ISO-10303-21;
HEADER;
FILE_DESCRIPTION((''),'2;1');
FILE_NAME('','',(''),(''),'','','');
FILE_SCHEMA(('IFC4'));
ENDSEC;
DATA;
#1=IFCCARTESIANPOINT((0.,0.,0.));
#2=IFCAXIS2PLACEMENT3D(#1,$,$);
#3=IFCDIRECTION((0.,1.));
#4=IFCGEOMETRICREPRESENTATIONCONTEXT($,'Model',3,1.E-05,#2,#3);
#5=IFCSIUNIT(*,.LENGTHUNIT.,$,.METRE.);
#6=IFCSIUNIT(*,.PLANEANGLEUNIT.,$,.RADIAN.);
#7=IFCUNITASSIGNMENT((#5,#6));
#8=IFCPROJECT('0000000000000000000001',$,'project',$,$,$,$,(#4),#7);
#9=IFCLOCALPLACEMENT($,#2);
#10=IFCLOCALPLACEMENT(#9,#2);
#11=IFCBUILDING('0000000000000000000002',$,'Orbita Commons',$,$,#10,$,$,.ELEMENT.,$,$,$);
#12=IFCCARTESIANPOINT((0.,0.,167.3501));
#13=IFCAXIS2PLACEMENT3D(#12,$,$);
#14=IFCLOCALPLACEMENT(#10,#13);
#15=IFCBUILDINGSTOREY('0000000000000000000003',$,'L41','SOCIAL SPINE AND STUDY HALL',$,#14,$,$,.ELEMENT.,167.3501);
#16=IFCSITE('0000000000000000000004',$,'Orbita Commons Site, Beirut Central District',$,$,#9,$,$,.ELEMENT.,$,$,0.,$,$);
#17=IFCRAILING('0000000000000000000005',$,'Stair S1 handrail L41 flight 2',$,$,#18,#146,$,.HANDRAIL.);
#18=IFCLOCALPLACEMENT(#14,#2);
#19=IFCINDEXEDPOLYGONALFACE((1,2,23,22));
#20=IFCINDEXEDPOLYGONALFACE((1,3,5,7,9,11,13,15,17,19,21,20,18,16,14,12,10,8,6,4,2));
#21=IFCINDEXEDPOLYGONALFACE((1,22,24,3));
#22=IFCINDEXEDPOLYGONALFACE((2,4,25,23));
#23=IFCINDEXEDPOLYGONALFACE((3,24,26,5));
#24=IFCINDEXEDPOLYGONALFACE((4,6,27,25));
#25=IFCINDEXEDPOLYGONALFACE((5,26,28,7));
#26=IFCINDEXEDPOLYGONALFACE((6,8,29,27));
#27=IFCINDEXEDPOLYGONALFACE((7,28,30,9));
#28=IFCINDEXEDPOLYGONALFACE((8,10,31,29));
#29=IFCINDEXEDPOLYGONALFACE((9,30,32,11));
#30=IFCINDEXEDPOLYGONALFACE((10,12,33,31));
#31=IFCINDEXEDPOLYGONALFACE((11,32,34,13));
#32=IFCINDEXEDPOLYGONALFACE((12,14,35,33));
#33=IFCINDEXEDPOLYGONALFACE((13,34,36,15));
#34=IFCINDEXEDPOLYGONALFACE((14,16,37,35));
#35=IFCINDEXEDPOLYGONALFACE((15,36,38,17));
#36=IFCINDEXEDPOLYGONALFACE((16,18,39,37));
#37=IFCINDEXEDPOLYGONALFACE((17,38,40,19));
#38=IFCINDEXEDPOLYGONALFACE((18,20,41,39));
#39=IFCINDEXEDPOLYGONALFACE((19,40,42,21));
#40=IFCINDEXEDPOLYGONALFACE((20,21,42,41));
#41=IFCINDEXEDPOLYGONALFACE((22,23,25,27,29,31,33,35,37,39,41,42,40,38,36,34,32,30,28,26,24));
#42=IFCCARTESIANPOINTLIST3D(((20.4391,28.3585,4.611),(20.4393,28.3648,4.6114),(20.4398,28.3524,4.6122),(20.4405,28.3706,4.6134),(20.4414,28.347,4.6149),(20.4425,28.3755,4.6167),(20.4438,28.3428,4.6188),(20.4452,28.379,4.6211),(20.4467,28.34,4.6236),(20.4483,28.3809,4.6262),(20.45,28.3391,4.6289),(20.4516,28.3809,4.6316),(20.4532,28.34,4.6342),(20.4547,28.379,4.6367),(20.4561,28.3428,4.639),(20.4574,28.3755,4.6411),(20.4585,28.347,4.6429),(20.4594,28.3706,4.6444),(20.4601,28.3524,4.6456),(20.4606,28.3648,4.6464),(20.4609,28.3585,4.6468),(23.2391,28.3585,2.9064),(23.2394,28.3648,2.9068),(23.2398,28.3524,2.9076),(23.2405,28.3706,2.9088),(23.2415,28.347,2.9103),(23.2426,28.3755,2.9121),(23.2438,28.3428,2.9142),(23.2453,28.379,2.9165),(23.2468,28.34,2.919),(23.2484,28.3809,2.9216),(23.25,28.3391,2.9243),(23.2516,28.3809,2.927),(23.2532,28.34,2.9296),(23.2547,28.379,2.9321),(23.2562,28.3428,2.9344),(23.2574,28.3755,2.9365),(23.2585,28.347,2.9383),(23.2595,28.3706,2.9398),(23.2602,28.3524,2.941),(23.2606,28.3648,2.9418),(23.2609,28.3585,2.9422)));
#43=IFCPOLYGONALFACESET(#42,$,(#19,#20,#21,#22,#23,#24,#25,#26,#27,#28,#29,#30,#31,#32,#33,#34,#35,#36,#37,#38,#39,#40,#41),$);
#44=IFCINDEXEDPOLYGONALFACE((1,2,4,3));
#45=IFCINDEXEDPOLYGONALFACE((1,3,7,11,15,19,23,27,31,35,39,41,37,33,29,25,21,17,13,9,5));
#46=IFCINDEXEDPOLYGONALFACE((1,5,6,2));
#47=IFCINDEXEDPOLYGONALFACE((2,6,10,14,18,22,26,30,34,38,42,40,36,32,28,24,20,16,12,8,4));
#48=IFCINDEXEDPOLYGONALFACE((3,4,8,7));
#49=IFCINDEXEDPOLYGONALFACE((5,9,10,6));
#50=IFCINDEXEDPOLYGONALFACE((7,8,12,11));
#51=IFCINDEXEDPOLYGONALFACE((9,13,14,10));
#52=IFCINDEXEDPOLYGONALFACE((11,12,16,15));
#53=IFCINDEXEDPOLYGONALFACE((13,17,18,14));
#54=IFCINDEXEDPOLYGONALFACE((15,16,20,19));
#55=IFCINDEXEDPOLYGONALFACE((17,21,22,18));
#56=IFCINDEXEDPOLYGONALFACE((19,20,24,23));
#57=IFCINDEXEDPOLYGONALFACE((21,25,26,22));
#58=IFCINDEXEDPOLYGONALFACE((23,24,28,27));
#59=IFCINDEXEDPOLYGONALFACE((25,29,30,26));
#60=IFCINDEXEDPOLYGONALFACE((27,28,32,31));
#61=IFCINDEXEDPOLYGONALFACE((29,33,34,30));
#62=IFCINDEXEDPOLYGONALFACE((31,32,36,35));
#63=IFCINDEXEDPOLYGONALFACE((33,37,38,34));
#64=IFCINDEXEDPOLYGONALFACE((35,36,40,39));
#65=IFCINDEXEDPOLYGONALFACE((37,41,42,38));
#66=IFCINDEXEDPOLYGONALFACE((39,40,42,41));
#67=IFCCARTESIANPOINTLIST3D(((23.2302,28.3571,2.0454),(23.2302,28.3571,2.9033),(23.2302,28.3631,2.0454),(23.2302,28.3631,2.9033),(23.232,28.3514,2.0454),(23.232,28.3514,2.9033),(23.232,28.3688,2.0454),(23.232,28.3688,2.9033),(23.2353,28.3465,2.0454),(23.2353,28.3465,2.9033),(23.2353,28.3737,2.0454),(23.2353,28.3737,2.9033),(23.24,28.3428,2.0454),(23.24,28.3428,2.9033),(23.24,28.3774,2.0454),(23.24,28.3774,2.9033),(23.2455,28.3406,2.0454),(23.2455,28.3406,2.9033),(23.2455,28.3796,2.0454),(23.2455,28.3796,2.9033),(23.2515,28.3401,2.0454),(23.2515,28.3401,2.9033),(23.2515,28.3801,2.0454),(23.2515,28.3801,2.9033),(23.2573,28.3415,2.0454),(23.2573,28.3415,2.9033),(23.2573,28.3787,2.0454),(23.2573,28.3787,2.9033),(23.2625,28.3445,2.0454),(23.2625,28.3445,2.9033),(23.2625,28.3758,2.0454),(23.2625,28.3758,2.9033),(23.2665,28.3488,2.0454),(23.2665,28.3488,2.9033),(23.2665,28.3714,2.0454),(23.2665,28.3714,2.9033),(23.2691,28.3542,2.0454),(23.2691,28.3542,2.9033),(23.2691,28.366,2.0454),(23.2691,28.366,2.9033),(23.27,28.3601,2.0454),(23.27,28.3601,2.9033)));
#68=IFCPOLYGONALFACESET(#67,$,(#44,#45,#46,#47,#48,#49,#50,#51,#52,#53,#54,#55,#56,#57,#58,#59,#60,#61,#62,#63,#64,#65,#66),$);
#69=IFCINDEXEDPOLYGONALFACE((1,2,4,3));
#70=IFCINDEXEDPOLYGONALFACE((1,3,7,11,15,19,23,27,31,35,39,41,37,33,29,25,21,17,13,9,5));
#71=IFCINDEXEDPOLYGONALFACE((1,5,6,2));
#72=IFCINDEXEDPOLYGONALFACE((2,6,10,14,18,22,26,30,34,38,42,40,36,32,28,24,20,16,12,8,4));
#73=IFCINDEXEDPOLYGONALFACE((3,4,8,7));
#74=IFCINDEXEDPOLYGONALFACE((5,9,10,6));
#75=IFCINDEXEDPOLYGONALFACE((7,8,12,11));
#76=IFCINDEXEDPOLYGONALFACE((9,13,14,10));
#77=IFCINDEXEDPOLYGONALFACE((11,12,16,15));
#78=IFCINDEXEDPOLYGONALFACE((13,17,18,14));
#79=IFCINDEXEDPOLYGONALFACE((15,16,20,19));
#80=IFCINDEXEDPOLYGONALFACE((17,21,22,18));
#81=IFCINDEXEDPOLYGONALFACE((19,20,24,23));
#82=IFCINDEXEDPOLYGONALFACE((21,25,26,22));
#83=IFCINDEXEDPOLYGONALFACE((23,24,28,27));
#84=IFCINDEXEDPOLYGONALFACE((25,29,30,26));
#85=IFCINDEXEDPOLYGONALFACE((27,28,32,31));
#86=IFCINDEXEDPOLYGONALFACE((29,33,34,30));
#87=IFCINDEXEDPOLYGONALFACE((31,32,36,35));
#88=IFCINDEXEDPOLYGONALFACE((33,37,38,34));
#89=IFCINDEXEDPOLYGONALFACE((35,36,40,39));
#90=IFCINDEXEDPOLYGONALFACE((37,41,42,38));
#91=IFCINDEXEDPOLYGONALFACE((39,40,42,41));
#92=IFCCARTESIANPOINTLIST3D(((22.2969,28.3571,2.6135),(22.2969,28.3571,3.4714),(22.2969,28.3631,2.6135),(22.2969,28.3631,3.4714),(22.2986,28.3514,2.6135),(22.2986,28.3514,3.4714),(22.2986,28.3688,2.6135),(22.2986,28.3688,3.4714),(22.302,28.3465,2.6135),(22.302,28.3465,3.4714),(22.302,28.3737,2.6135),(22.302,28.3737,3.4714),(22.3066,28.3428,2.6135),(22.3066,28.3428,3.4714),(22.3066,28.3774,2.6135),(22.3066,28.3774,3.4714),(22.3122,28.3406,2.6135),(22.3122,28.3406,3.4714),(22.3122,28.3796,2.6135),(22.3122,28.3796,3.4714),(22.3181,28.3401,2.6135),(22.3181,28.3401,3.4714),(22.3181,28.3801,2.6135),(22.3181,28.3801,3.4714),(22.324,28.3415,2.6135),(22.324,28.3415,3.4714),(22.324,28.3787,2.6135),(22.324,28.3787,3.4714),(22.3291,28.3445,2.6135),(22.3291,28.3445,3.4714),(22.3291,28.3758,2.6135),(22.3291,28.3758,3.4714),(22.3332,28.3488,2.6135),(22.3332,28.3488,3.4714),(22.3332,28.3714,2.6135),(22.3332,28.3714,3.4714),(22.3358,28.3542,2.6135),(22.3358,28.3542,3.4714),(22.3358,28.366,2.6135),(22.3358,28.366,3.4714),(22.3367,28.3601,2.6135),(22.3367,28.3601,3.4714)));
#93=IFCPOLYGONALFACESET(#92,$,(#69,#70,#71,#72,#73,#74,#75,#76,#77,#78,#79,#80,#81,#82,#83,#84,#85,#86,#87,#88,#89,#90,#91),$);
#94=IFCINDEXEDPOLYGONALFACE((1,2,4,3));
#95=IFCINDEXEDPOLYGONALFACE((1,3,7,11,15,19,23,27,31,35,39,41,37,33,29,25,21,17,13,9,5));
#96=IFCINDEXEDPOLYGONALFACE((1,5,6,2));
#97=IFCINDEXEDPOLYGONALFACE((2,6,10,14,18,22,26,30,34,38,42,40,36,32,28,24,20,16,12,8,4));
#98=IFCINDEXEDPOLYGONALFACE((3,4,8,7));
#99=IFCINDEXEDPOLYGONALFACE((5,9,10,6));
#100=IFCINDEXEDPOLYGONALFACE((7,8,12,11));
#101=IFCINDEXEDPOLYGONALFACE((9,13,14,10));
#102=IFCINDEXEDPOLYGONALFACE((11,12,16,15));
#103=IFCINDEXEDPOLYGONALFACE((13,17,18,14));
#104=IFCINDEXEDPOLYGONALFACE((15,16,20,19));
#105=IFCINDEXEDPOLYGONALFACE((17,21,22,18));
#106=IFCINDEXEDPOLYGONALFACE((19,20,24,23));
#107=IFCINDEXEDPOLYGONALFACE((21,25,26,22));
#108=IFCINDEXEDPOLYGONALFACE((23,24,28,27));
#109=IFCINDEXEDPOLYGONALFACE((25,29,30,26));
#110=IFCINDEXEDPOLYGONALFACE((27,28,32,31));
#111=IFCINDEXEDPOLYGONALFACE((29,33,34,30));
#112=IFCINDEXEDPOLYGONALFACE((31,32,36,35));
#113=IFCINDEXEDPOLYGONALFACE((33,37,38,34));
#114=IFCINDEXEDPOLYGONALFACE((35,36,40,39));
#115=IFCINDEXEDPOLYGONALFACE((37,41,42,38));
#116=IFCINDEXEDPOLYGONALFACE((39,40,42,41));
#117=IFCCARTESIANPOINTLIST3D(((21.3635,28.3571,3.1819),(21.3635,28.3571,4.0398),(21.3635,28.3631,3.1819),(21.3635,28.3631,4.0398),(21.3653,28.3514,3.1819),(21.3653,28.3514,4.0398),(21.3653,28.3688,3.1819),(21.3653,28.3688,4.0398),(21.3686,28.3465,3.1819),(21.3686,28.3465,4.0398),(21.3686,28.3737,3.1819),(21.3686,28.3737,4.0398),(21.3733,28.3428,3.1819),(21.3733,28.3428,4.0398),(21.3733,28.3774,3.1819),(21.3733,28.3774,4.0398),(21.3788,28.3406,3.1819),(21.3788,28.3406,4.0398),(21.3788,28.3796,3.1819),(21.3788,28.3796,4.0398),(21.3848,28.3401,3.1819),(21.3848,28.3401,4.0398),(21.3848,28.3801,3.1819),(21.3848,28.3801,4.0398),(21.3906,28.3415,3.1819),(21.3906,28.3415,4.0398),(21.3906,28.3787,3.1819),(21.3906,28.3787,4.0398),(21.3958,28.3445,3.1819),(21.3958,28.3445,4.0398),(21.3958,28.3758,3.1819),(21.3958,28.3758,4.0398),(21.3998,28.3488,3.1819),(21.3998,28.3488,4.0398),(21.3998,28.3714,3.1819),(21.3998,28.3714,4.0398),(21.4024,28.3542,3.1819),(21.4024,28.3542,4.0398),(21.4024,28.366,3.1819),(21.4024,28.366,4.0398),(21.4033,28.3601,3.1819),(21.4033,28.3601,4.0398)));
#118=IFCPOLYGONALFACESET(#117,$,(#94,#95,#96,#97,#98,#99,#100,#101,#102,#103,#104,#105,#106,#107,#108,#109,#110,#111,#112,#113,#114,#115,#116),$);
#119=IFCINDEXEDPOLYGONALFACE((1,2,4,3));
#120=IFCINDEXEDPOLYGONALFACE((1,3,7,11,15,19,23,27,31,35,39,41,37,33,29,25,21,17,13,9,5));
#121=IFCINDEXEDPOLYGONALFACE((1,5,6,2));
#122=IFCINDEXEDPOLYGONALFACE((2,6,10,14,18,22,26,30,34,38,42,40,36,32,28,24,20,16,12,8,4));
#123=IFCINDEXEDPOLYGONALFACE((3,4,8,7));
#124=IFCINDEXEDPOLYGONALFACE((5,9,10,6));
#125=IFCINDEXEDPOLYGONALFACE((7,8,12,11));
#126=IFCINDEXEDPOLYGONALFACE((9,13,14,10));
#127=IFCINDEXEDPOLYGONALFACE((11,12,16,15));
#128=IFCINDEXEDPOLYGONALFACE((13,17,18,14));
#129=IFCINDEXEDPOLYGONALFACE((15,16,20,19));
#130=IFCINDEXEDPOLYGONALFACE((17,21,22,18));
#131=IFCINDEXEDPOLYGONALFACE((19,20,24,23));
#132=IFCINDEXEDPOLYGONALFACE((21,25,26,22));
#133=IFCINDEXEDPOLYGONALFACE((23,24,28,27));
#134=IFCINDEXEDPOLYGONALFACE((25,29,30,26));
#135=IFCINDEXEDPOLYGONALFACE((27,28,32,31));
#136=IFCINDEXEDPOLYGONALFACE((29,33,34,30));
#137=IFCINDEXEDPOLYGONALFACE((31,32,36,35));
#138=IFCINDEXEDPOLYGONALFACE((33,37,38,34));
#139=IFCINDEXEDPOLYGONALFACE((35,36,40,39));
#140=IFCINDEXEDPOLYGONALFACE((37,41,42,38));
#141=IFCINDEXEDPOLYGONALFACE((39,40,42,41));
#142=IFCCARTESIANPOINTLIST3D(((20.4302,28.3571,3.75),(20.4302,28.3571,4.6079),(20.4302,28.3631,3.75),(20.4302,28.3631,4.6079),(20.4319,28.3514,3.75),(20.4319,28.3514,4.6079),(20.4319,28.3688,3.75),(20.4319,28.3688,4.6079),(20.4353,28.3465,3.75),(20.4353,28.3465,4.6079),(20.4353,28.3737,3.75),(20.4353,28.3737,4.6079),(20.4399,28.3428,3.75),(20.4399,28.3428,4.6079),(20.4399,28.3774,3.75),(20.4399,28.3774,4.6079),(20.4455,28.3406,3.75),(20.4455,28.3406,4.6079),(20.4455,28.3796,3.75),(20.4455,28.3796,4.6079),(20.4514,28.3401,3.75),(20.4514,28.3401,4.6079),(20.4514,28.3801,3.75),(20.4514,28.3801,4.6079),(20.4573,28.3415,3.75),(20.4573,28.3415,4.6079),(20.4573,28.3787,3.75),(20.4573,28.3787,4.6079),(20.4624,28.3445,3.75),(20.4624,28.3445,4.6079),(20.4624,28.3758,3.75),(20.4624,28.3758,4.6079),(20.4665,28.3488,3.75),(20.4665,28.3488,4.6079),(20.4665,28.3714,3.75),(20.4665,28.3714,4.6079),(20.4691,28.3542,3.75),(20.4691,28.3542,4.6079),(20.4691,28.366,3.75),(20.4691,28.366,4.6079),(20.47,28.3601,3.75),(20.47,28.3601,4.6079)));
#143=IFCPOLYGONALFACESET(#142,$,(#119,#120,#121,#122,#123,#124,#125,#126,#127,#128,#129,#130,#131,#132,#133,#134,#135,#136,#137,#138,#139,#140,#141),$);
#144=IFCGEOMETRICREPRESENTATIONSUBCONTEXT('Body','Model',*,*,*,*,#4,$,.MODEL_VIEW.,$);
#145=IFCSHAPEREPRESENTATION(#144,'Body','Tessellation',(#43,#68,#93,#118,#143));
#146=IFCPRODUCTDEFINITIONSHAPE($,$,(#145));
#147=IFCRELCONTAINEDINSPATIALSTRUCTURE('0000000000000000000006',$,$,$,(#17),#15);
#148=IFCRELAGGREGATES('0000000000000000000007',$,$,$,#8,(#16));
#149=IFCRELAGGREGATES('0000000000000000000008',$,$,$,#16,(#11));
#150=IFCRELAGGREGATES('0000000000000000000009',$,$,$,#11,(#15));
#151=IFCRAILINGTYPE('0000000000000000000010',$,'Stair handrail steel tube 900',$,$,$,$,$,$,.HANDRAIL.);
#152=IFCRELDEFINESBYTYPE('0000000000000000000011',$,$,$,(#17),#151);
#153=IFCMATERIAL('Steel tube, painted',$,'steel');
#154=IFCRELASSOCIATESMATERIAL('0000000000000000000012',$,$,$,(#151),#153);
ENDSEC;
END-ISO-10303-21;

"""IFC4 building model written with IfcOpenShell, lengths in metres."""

from ifc_helpers import new_model, si_unit, direction, frame, origin, origin_2d, place, context, subcontext, project, spatial, circle, extrude, material, type_object, element, save


model = new_model("IFC4")

# Units and contexts
model_context = context("Model", 3, precision=1e-05, world=origin(), true_north=direction((0.0, 1.0)))
body_context = subcontext(model_context, "Body", "Model", "MODEL_VIEW")
ifc_project = project(units=[si_unit("LENGTHUNIT", "METRE"), si_unit("PLANEANGLEUNIT", "RADIAN")], contexts=[model_context])

# Site, building, storey
site_placement = place(None, origin())
site = spatial("IfcSite", under=ifc_project, at=site_placement, Name="Orbita Commons Site, Beirut Central District", CompositionType="ELEMENT", RefElevation=0.0)
building_placement = place(site_placement, origin())
building = spatial("IfcBuilding", under=site, at=building_placement, Name="Orbita Commons", CompositionType="ELEMENT")
storey_placement = place(building_placement, frame((0.0, 0.0, 167.3501)))
storey = spatial("IfcBuildingStorey", under=building, at=storey_placement, Name="L41", Description="SOCIAL SPINE AND STUDY HALL", CompositionType="ELEMENT", Elevation=167.3501)

# Railing
ifc_material_1 = material(Name="Steel tube, painted", Category="steel")
railing_type = type_object("IfcRailingType", Name="Stair handrail steel tube 900", PredefinedType="HANDRAIL", material=ifc_material_1)
for number, where, name in (
    (1, (23.25, 28.3601, 2.0454), "Stair S1 handrail L41 flight 2"),
):
    element("IfcRailing", number, at=place(storey_placement, frame(where)), inside=storey, type_object=railing_type, Name=name, PredefinedType="HANDRAIL", context=body_context, shape_type="SweptSolid", body=[
        extrude(circle(Radius=0.021, at=origin_2d()), frame((0.0, 0.0, 0.8789), z_axis=(-0.85417, 0.0, 0.519994), x_axis=(0.0, -1.0, 0.0)), (0.0, 0.0, 1.0), 3.2781),
        extrude(circle(Radius=0.02, at=origin_2d()), origin(), (0.0, 0.0, 1.0), 0.8579),
        extrude(circle(Radius=0.02, at=origin_2d()), frame((-0.9333, 0.0, 0.5681)), (0.0, 0.0, 1.0), 0.8579),
        extrude(circle(Radius=0.02, at=origin_2d()), frame((-1.8667, 0.0, 1.1365)), (0.0, 0.0, 1.0), 0.8579),
        extrude(circle(Radius=0.02, at=origin_2d()), frame((-2.8, 0.0, 1.7046)), (0.0, 0.0, 1.0), 0.8579),
    ])

save(model, "model.ifc")
